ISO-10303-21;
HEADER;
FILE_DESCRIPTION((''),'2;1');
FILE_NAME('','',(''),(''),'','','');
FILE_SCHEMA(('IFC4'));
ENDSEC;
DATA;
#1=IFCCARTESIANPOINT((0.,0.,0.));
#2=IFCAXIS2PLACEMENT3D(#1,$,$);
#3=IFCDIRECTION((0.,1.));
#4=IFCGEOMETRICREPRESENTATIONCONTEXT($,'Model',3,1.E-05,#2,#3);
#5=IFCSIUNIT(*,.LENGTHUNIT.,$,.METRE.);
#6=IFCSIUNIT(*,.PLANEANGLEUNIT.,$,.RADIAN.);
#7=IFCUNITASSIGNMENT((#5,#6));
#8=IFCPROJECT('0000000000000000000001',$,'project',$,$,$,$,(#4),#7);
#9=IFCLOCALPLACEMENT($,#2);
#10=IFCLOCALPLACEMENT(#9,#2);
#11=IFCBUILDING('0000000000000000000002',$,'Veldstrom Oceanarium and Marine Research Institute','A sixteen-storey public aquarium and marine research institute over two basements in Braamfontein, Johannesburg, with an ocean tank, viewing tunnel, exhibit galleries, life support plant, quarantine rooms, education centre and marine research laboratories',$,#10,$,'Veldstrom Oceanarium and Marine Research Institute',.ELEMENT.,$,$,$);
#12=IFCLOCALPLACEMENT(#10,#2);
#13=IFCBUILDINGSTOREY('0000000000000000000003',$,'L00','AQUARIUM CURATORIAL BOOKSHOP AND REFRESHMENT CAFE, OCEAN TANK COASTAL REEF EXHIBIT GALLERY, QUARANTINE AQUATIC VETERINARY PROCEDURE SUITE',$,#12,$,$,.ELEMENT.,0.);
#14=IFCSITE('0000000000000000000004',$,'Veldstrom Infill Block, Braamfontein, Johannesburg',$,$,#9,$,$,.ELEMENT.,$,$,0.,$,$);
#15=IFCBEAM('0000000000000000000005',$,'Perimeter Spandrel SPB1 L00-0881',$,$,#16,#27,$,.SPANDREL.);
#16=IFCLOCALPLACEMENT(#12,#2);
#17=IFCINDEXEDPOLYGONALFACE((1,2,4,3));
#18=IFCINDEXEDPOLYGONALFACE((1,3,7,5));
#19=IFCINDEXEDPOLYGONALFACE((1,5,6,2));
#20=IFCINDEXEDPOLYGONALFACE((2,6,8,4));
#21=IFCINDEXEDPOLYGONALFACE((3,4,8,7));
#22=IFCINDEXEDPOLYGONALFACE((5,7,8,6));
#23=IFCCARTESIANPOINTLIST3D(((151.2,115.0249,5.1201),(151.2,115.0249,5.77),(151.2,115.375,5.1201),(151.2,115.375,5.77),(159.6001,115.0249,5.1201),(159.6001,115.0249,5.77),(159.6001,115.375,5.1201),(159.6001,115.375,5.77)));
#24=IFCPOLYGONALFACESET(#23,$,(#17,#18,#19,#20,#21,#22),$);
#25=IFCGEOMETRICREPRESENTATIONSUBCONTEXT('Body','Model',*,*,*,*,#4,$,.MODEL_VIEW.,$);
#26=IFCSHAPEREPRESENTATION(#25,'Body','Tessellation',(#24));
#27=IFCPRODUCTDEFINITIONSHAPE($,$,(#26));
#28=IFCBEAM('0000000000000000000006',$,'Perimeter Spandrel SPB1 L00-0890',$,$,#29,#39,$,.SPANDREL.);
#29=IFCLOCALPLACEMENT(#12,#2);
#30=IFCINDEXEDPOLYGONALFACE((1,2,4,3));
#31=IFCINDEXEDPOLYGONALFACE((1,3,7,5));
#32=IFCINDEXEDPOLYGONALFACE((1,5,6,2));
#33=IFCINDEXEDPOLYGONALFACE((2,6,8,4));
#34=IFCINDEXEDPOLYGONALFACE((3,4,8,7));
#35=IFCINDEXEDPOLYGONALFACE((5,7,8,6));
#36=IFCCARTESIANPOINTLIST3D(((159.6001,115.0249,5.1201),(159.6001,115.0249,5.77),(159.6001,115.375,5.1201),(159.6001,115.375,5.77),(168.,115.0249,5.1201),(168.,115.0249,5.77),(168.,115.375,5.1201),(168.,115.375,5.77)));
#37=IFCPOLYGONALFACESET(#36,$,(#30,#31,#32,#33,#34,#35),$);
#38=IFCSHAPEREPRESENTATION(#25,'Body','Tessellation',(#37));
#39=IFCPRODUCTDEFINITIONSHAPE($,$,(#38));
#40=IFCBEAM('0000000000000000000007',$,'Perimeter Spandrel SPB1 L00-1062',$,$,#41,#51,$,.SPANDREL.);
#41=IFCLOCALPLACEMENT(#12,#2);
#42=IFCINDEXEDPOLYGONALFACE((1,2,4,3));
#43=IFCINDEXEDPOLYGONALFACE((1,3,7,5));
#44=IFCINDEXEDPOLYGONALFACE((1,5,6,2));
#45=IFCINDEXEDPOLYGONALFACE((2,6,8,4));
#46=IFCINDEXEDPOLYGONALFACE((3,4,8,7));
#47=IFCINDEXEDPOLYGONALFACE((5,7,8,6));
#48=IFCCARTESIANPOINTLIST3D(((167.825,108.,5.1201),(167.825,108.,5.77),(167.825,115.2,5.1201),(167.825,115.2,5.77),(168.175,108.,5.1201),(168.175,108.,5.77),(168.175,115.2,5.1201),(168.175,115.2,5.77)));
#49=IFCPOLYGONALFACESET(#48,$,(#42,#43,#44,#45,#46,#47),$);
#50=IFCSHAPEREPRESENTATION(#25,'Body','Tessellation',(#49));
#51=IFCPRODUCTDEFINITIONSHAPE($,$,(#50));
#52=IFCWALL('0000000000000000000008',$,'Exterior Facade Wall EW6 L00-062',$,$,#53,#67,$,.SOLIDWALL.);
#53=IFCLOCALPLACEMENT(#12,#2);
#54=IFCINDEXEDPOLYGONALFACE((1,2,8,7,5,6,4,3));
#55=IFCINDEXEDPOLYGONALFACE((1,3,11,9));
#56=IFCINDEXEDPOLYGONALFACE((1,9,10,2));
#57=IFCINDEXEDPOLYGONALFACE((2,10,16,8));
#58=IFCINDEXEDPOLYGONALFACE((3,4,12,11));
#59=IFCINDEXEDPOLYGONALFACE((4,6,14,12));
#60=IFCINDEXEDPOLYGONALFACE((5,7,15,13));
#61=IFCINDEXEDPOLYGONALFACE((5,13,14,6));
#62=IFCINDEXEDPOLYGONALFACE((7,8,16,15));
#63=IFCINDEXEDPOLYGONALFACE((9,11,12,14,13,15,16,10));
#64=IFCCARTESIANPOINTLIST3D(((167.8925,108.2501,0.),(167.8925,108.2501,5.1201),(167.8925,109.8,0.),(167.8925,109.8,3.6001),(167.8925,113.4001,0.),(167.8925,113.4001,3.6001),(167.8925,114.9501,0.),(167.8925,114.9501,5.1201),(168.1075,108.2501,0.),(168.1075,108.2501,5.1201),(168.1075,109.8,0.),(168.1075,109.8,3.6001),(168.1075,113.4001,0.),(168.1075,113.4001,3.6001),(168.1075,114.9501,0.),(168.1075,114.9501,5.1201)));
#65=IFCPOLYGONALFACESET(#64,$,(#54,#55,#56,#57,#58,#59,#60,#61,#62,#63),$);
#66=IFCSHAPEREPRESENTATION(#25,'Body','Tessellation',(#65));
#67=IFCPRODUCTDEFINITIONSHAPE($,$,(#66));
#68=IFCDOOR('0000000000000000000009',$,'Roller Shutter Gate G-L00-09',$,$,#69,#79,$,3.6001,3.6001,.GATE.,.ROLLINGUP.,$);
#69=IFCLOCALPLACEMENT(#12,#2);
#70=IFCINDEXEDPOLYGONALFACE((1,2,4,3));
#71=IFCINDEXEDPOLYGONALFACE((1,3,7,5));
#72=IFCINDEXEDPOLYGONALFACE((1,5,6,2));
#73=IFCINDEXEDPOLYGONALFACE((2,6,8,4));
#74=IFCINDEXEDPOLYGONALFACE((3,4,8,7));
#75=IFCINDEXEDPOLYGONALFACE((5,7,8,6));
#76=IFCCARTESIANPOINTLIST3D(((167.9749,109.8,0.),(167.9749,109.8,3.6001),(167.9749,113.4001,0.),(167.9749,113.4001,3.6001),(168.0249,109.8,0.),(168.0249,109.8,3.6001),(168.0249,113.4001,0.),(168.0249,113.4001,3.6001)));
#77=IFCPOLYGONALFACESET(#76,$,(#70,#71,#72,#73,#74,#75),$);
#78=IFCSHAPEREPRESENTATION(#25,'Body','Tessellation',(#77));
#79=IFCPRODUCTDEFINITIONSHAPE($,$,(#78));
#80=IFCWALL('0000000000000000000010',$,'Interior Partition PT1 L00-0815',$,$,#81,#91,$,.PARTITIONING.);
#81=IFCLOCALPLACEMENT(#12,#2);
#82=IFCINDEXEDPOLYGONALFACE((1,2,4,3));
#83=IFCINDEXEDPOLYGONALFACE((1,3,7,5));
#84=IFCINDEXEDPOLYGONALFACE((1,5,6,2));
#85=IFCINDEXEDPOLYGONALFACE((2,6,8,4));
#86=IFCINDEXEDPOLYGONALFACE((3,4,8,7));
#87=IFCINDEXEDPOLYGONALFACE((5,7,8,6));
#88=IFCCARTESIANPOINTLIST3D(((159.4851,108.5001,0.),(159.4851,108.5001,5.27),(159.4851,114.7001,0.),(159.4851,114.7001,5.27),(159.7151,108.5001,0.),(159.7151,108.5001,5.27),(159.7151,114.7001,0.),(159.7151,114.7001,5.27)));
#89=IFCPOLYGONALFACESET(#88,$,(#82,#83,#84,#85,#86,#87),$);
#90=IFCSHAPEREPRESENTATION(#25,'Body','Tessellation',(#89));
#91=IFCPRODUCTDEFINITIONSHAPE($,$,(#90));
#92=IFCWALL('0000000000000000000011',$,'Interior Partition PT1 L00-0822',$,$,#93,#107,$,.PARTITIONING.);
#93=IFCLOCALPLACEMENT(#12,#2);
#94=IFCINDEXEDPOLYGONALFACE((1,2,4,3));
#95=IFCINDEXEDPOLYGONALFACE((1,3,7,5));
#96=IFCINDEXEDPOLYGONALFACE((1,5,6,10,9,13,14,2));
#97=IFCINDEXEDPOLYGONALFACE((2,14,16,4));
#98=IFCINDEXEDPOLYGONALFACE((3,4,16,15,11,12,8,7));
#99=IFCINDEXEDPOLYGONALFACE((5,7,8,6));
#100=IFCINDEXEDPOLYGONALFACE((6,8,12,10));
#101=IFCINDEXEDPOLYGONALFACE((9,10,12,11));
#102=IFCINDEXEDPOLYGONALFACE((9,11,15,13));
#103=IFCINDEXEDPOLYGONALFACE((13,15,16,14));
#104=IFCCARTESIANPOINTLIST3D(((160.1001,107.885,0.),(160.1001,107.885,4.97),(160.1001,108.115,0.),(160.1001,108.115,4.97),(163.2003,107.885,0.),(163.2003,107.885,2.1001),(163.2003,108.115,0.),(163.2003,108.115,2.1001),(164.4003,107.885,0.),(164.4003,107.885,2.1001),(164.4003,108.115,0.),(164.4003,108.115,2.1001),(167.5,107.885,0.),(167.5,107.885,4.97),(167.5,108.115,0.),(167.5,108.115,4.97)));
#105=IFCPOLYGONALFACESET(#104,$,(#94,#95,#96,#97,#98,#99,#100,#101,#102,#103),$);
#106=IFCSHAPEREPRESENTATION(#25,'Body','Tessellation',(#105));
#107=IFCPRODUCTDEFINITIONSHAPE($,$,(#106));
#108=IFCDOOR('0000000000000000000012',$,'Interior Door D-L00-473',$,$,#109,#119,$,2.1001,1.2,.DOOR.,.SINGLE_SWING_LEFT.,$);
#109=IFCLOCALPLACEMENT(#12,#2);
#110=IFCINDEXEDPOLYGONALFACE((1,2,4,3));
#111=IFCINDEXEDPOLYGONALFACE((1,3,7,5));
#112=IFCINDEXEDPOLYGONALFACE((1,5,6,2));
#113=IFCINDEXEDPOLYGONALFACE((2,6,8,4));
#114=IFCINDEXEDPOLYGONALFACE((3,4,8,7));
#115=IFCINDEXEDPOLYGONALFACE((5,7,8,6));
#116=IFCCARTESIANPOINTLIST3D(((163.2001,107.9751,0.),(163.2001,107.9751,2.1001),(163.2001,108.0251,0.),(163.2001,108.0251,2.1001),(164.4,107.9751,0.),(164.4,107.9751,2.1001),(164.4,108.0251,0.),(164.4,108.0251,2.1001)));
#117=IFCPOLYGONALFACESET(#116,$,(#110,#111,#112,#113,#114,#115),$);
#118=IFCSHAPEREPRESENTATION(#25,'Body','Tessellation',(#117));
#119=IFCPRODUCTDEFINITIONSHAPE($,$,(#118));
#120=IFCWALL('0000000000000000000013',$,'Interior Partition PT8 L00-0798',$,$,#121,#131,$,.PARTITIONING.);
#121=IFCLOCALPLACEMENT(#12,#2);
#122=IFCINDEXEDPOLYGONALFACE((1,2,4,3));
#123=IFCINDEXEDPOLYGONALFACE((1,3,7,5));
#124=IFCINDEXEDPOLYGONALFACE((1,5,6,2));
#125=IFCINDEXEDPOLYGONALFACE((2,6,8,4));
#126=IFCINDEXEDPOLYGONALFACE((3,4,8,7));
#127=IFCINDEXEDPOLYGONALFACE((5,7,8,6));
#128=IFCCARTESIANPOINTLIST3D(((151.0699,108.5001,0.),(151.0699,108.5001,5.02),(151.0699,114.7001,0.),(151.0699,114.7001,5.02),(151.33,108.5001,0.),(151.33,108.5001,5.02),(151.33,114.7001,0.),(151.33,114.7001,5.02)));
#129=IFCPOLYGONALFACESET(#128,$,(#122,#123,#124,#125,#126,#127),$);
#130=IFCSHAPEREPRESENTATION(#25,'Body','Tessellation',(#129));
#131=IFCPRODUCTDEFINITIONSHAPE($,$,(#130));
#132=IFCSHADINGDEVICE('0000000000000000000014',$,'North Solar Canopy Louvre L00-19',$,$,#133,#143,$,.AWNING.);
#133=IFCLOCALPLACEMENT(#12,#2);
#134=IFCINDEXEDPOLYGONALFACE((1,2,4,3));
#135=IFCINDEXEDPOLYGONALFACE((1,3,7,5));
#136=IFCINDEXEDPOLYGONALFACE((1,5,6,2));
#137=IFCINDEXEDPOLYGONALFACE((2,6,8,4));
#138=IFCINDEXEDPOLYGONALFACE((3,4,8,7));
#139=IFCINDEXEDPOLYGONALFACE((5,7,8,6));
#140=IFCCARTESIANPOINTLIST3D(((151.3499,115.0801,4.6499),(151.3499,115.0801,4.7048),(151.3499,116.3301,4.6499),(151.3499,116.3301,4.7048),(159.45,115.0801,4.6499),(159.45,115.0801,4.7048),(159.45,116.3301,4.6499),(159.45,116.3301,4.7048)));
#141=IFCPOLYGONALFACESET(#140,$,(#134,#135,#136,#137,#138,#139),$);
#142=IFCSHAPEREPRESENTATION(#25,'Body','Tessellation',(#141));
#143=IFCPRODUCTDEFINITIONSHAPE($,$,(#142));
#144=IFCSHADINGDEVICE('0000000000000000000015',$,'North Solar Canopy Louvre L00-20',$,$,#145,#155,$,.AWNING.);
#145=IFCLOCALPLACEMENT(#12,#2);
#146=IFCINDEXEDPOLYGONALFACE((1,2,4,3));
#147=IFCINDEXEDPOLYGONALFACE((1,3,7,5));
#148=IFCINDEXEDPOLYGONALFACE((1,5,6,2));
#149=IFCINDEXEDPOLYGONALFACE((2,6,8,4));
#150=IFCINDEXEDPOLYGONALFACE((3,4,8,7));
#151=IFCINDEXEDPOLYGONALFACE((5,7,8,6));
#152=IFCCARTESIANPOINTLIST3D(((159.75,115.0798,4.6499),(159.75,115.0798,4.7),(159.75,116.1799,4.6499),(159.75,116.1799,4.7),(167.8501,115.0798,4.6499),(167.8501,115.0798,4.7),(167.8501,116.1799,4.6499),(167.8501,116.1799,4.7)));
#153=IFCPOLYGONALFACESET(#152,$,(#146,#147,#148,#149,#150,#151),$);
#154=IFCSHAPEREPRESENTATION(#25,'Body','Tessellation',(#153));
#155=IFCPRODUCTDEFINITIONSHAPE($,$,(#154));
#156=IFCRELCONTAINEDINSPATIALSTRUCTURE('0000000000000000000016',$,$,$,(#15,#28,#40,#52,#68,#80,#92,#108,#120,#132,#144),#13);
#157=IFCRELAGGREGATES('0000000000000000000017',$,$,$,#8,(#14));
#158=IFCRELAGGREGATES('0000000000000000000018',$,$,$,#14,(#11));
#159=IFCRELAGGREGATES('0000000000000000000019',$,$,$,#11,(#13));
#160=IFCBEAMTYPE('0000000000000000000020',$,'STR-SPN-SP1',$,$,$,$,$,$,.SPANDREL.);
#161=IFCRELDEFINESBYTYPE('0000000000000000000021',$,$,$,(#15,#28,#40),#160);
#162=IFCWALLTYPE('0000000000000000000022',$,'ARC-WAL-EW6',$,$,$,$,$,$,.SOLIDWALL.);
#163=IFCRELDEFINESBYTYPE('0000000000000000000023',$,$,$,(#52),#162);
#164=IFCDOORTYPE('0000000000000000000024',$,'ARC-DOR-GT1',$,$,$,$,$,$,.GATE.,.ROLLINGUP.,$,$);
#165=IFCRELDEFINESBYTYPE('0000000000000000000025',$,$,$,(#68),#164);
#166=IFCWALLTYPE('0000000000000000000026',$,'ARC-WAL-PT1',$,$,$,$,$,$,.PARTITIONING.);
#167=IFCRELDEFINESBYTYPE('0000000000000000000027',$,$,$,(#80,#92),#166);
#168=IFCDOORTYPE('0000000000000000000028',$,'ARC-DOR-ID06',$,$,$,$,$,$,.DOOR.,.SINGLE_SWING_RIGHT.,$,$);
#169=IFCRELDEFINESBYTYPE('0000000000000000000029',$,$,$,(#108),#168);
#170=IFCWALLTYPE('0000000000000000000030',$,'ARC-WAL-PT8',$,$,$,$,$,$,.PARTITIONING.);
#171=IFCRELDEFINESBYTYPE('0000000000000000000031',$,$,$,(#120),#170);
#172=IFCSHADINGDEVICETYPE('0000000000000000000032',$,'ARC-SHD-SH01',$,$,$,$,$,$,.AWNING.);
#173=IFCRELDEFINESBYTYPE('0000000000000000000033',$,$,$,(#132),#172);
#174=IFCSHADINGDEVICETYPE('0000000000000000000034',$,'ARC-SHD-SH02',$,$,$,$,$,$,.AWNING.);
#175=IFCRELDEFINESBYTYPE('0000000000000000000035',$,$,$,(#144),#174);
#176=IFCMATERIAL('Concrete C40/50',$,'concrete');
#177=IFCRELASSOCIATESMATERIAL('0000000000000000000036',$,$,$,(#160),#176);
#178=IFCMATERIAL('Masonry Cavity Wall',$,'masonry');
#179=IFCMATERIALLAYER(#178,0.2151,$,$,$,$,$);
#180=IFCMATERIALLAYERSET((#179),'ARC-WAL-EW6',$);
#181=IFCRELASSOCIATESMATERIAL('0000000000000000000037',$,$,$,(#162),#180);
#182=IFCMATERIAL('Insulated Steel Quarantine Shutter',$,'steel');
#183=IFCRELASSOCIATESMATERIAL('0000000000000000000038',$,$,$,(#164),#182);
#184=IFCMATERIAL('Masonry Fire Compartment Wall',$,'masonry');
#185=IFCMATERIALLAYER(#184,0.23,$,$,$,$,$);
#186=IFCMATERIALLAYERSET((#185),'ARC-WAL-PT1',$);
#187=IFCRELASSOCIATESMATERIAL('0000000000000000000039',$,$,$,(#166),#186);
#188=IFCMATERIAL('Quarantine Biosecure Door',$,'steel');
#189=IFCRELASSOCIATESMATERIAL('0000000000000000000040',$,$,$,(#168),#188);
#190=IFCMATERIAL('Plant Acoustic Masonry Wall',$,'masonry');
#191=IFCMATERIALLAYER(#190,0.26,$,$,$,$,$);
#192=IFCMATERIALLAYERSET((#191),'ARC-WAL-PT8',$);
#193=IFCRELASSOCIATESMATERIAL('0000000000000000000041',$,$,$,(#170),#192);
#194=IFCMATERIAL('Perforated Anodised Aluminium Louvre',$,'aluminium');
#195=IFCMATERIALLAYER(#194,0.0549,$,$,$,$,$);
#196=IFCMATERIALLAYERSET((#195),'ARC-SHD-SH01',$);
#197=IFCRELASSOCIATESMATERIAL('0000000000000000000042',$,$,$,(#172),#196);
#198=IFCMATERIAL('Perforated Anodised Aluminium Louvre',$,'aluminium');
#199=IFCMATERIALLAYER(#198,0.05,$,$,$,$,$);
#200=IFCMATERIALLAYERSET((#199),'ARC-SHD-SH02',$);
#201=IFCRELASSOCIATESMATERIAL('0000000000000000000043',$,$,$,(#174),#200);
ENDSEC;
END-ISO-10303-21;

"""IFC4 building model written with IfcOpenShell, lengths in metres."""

from ifc_helpers import new_model, si_unit, direction, frame, frame_2d, origin, origin_2d, place, context, subcontext, project, spatial, rectangle, extrude, material, layer, layer_set, material_profile, profile_set, type_object, element, fill, save


model = new_model("IFC4")

# Units and contexts
model_context = context("Model", 3, precision=1e-05, world=origin(), true_north=direction((0.0, 1.0)))
body_context = subcontext(model_context, "Body", "Model", "MODEL_VIEW")
ifc_project = project(units=[si_unit("LENGTHUNIT", "METRE"), si_unit("PLANEANGLEUNIT", "RADIAN")], contexts=[model_context])

# Site, building, storey
site_placement = place(None, origin())
site = spatial("IfcSite", under=ifc_project, at=site_placement, Name="Veldstrom Infill Block, Braamfontein, Johannesburg", CompositionType="ELEMENT", RefElevation=0.0)
building_placement = place(site_placement, origin())
building = spatial("IfcBuilding", under=site, at=building_placement, Name="Veldstrom Oceanarium and Marine Research Institute", Description="A sixteen-storey public aquarium and marine research institute over two basements in Braamfontein, Johannesburg, with an ocean tank, viewing tunnel, exhibit galleries, life support plant, quarantine rooms, education centre and marine research laboratories", LongName="Veldstrom Oceanarium and Marine Research Institute", CompositionType="ELEMENT")
storey_placement = place(building_placement, origin())
storey = spatial("IfcBuildingStorey", under=building, at=storey_placement, Name="L00", Description="AQUARIUM CURATORIAL BOOKSHOP AND REFRESHMENT CAFE, OCEAN TANK COASTAL REEF EXHIBIT GALLERY, QUARANTINE AQUATIC VETERINARY PROCEDURE SUITE", CompositionType="ELEMENT", Elevation=0.0)

# Beams
ifc_material_1 = material(Name="Concrete C40/50", Category="concrete")
ifc_material_profile_1 = material_profile(ifc_material_1, rectangle(XDim=0.3501, YDim=0.6499, at=origin_2d()), Name="RC-SPN-350x650")
ifc_profile_set_1 = profile_set([ifc_material_profile_1], Name="Concrete C40/50")
beam_type_1 = type_object("IfcBeamType", Name="STR-SPN-SP1", PredefinedType="SPANDREL", material=ifc_profile_set_1)
beam_1_placement = place(storey_placement, frame((151.2, 115.2, 5.4451), z_axis=(1.0, 0.0, 0.0), x_axis=(0.0, 1.0, 0.0)))
element("IfcBeam", 1, at=beam_1_placement, inside=storey, type_object=beam_type_1, Name="Perimeter Spandrel SPB1 L00-0881", PredefinedType="SPANDREL", context=body_context, shape_type="SweptSolid", body=[
    extrude(rectangle(XDim=0.3501, YDim=0.6499, at=origin_2d()), origin(), (0.0, 0.0, 1.0), 8.4001),
])
beam_2_placement = place(storey_placement, frame((159.6001, 115.2, 5.4451), z_axis=(1.0, 0.0, 0.0), x_axis=(0.0, 1.0, 0.0)))
element("IfcBeam", 2, at=beam_2_placement, inside=storey, type_object=beam_type_1, Name="Perimeter Spandrel SPB1 L00-0890", PredefinedType="SPANDREL", context=body_context, shape_type="SweptSolid", body=[
    extrude(rectangle(XDim=0.3501, YDim=0.6499, at=origin_2d()), origin(), (0.0, 0.0, 1.0), 8.3999),
])
beam_3_placement = place(storey_placement, frame((168.0, 108.0, 5.4451), z_axis=(0.0, 1.0, 0.0), x_axis=(-1.0, 0.0, 0.0)))
element("IfcBeam", 3, at=beam_3_placement, inside=storey, type_object=beam_type_1, Name="Perimeter Spandrel SPB1 L00-1062", PredefinedType="SPANDREL", context=body_context, shape_type="SweptSolid", body=[
    extrude(rectangle(XDim=0.3501, YDim=0.6499, at=origin_2d()), origin(), (0.0, 0.0, 1.0), 7.2),
])

# Wall, opening, door
ifc_material_2 = material(Name="Masonry Cavity Wall", Category="masonry")
ifc_layer_1 = layer(ifc_material_2, 0.2151)
ifc_layer_set_1 = layer_set([ifc_layer_1], Name="ARC-WAL-EW6")
wall_type_1 = type_object("IfcWallType", Name="ARC-WAL-EW6", PredefinedType="SOLIDWALL", material=ifc_layer_set_1)
wall_1_placement = place(storey_placement, frame((168.0, 108.25, 0.0), z_axis=(0.0, 0.0, 1.0), x_axis=(0.0, 1.0, 0.0)))
wall_1 = element("IfcWall", 4, at=wall_1_placement, inside=storey, type_object=wall_type_1, Name="Exterior Facade Wall EW6 L00-062", PredefinedType="SOLIDWALL", context=body_context, shape_type="SweptSolid", body=[
    extrude(rectangle(XDim=6.7, YDim=0.2151, at=frame_2d((3.3501, 0.0))), origin(), (0.0, 0.0, 1.0), 5.1201),
])
opening_1_placement = place(wall_1_placement, frame((1.55, 0.0, 0.0)))
opening_1 = element("IfcOpeningElement", 5, at=opening_1_placement, cuts=wall_1, PredefinedType="OPENING", context=body_context, shape_type="SweptSolid", body=[
    extrude(rectangle(XDim=3.6001, YDim=3.6001, at=frame_2d((1.8, 1.8))), frame((0.0, 0.1174, 0.0), z_axis=(0.0, -1.0, 0.0), x_axis=(1.0, 0.0, 0.0)), (0.0, 0.0, 1.0), 0.2351),
])
ifc_material_3 = material(Name="Insulated Steel Quarantine Shutter", Category="steel")
door_type_1 = type_object("IfcDoorType", Name="ARC-DOR-GT1", OperationType="ROLLINGUP", PredefinedType="GATE", material=ifc_material_3)
door_1_placement = place(opening_1_placement, frame((3.6001, 0.0, 0.0), z_axis=(0.0, 0.0, 1.0), x_axis=(-1.0, 0.0, 0.0)))
door_1 = element("IfcDoor", 6, at=door_1_placement, inside=storey, type_object=door_type_1, Name="Roller Shutter Gate G-L00-09", OperationType="ROLLINGUP", OverallHeight=3.6001, OverallWidth=3.6001, PredefinedType="GATE", context=body_context, shape_type="SweptSolid", body=[
    extrude(rectangle(XDim=3.6001, YDim=3.6001, at=frame_2d((1.8, 1.8))), frame((0.0, 0.0249, 0.0), z_axis=(0.0, -1.0, 0.0), x_axis=(1.0, 0.0, 0.0)), (0.0, 0.0, 1.0), 0.05),
])
fill(opening_1, door_1)

# Wall
ifc_material_4 = material(Name="Masonry Fire Compartment Wall", Category="masonry")
ifc_layer_2 = layer(ifc_material_4, 0.23)
ifc_layer_set_2 = layer_set([ifc_layer_2], Name="ARC-WAL-PT1")
wall_type_2 = type_object("IfcWallType", Name="ARC-WAL-PT1", PredefinedType="PARTITIONING", material=ifc_layer_set_2)
wall_2_placement = place(storey_placement, frame((159.6001, 108.5, 0.0), z_axis=(0.0, 0.0, 1.0), x_axis=(0.0, 1.0, 0.0)))
element("IfcWall", 7, at=wall_2_placement, inside=storey, type_object=wall_type_2, Name="Interior Partition PT1 L00-0815", PredefinedType="PARTITIONING", context=body_context, shape_type="SweptSolid", body=[
    extrude(rectangle(XDim=6.2, YDim=0.23, at=frame_2d((3.1001, 0.0))), origin(), (0.0, 0.0, 1.0), 5.27),
])

# Wall, opening, door
wall_3_placement = place(storey_placement, frame((160.1001, 108.0, 0.0), z_axis=(0.0, 0.0, 1.0), x_axis=(1.0, 0.0, 0.0)))
wall_3 = element("IfcWall", 8, at=wall_3_placement, inside=storey, type_object=wall_type_2, Name="Interior Partition PT1 L00-0822", PredefinedType="PARTITIONING", context=body_context, shape_type="SweptSolid", body=[
    extrude(rectangle(XDim=7.3999, YDim=0.23, at=frame_2d((3.7, 0.0))), origin(), (0.0, 0.0, 1.0), 4.97),
])
opening_2_placement = place(wall_3_placement, frame((3.1001, 0.0, 0.0)))
opening_2 = element("IfcOpeningElement", 9, at=opening_2_placement, cuts=wall_3, PredefinedType="OPENING", context=body_context, shape_type="SweptSolid", body=[
    extrude(rectangle(XDim=1.2, YDim=2.1001, at=frame_2d((0.6001, 1.05))), frame((0.0, 0.125, 0.0), z_axis=(0.0, -1.0, 0.0), x_axis=(1.0, 0.0, 0.0)), (0.0, 0.0, 1.0), 0.25),
])
ifc_material_5 = material(Name="Quarantine Biosecure Door", Category="steel")
door_type_2 = type_object("IfcDoorType", Name="ARC-DOR-ID06", OperationType="SINGLE_SWING_RIGHT", PredefinedType="DOOR", material=ifc_material_5)
door_2_placement = place(opening_2_placement, frame((1.2, 0.0, 0.0), z_axis=(0.0, 0.0, 1.0), x_axis=(-1.0, 0.0, 0.0)))
door_2 = element("IfcDoor", 10, at=door_2_placement, inside=storey, type_object=door_type_2, Name="Interior Door D-L00-473", OperationType="SINGLE_SWING_LEFT", OverallHeight=2.1001, OverallWidth=1.2, PredefinedType="DOOR", context=body_context, shape_type="SweptSolid", body=[
    extrude(rectangle(XDim=1.2, YDim=2.1001, at=frame_2d((0.6001, 1.05))), frame((0.0, 0.0249, 0.0), z_axis=(0.0, -1.0, 0.0), x_axis=(1.0, 0.0, 0.0)), (0.0, 0.0, 1.0), 0.05),
])
fill(opening_2, door_2)

# Wall
ifc_material_6 = material(Name="Plant Acoustic Masonry Wall", Category="masonry")
ifc_layer_3 = layer(ifc_material_6, 0.26)
ifc_layer_set_3 = layer_set([ifc_layer_3], Name="ARC-WAL-PT8")
wall_type_3 = type_object("IfcWallType", Name="ARC-WAL-PT8", PredefinedType="PARTITIONING", material=ifc_layer_set_3)
wall_4_placement = place(storey_placement, frame((151.2, 108.5, 0.0), z_axis=(0.0, 0.0, 1.0), x_axis=(0.0, 1.0, 0.0)))
element("IfcWall", 11, at=wall_4_placement, inside=storey, type_object=wall_type_3, Name="Interior Partition PT8 L00-0798", PredefinedType="PARTITIONING", context=body_context, shape_type="SweptSolid", body=[
    extrude(rectangle(XDim=6.2, YDim=0.26, at=frame_2d((3.1001, 0.0))), origin(), (0.0, 0.0, 1.0), 5.02),
])

# Shading devices
ifc_material_7 = material(Name="Perforated Anodised Aluminium Louvre", Category="aluminium")
ifc_layer_4 = layer(ifc_material_7, 0.0549)
ifc_layer_set_4 = layer_set([ifc_layer_4], Name="ARC-SHD-SH01")
shading_device_type_1 = type_object("IfcShadingDeviceType", Name="ARC-SHD-SH01", PredefinedType="AWNING", material=ifc_layer_set_4)
shading_device_1_placement = place(storey_placement, frame((155.3999, 115.7051, 4.6499), z_axis=(0.0, 0.0, 1.0), x_axis=(1.0, 0.0, 0.0)))
element("IfcShadingDevice", 12, at=shading_device_1_placement, inside=storey, type_object=shading_device_type_1, Name="North Solar Canopy Louvre L00-19", PredefinedType="AWNING", context=body_context, shape_type="SweptSolid", body=[
    extrude(rectangle(XDim=8.1001, YDim=1.25, at=origin_2d()), origin(), (0.0, 0.0, 1.0), 0.0549),
])
ifc_material_8 = material(Name="Perforated Anodised Aluminium Louvre", Category="aluminium")
ifc_layer_5 = layer(ifc_material_8, 0.05)
ifc_layer_set_5 = layer_set([ifc_layer_5], Name="ARC-SHD-SH02")
shading_device_type_2 = type_object("IfcShadingDeviceType", Name="ARC-SHD-SH02", PredefinedType="AWNING", material=ifc_layer_set_5)
shading_device_2_placement = place(storey_placement, frame((163.8, 115.6299, 4.6499), z_axis=(0.0, 0.0, 1.0), x_axis=(1.0, 0.0, 0.0)))
element("IfcShadingDevice", 13, at=shading_device_2_placement, inside=storey, type_object=shading_device_type_2, Name="North Solar Canopy Louvre L00-20", PredefinedType="AWNING", context=body_context, shape_type="SweptSolid", body=[
    extrude(rectangle(XDim=8.1001, YDim=1.1001, at=origin_2d()), origin(), (0.0, 0.0, 1.0), 0.05),
])

save(model, "model.ifc")
